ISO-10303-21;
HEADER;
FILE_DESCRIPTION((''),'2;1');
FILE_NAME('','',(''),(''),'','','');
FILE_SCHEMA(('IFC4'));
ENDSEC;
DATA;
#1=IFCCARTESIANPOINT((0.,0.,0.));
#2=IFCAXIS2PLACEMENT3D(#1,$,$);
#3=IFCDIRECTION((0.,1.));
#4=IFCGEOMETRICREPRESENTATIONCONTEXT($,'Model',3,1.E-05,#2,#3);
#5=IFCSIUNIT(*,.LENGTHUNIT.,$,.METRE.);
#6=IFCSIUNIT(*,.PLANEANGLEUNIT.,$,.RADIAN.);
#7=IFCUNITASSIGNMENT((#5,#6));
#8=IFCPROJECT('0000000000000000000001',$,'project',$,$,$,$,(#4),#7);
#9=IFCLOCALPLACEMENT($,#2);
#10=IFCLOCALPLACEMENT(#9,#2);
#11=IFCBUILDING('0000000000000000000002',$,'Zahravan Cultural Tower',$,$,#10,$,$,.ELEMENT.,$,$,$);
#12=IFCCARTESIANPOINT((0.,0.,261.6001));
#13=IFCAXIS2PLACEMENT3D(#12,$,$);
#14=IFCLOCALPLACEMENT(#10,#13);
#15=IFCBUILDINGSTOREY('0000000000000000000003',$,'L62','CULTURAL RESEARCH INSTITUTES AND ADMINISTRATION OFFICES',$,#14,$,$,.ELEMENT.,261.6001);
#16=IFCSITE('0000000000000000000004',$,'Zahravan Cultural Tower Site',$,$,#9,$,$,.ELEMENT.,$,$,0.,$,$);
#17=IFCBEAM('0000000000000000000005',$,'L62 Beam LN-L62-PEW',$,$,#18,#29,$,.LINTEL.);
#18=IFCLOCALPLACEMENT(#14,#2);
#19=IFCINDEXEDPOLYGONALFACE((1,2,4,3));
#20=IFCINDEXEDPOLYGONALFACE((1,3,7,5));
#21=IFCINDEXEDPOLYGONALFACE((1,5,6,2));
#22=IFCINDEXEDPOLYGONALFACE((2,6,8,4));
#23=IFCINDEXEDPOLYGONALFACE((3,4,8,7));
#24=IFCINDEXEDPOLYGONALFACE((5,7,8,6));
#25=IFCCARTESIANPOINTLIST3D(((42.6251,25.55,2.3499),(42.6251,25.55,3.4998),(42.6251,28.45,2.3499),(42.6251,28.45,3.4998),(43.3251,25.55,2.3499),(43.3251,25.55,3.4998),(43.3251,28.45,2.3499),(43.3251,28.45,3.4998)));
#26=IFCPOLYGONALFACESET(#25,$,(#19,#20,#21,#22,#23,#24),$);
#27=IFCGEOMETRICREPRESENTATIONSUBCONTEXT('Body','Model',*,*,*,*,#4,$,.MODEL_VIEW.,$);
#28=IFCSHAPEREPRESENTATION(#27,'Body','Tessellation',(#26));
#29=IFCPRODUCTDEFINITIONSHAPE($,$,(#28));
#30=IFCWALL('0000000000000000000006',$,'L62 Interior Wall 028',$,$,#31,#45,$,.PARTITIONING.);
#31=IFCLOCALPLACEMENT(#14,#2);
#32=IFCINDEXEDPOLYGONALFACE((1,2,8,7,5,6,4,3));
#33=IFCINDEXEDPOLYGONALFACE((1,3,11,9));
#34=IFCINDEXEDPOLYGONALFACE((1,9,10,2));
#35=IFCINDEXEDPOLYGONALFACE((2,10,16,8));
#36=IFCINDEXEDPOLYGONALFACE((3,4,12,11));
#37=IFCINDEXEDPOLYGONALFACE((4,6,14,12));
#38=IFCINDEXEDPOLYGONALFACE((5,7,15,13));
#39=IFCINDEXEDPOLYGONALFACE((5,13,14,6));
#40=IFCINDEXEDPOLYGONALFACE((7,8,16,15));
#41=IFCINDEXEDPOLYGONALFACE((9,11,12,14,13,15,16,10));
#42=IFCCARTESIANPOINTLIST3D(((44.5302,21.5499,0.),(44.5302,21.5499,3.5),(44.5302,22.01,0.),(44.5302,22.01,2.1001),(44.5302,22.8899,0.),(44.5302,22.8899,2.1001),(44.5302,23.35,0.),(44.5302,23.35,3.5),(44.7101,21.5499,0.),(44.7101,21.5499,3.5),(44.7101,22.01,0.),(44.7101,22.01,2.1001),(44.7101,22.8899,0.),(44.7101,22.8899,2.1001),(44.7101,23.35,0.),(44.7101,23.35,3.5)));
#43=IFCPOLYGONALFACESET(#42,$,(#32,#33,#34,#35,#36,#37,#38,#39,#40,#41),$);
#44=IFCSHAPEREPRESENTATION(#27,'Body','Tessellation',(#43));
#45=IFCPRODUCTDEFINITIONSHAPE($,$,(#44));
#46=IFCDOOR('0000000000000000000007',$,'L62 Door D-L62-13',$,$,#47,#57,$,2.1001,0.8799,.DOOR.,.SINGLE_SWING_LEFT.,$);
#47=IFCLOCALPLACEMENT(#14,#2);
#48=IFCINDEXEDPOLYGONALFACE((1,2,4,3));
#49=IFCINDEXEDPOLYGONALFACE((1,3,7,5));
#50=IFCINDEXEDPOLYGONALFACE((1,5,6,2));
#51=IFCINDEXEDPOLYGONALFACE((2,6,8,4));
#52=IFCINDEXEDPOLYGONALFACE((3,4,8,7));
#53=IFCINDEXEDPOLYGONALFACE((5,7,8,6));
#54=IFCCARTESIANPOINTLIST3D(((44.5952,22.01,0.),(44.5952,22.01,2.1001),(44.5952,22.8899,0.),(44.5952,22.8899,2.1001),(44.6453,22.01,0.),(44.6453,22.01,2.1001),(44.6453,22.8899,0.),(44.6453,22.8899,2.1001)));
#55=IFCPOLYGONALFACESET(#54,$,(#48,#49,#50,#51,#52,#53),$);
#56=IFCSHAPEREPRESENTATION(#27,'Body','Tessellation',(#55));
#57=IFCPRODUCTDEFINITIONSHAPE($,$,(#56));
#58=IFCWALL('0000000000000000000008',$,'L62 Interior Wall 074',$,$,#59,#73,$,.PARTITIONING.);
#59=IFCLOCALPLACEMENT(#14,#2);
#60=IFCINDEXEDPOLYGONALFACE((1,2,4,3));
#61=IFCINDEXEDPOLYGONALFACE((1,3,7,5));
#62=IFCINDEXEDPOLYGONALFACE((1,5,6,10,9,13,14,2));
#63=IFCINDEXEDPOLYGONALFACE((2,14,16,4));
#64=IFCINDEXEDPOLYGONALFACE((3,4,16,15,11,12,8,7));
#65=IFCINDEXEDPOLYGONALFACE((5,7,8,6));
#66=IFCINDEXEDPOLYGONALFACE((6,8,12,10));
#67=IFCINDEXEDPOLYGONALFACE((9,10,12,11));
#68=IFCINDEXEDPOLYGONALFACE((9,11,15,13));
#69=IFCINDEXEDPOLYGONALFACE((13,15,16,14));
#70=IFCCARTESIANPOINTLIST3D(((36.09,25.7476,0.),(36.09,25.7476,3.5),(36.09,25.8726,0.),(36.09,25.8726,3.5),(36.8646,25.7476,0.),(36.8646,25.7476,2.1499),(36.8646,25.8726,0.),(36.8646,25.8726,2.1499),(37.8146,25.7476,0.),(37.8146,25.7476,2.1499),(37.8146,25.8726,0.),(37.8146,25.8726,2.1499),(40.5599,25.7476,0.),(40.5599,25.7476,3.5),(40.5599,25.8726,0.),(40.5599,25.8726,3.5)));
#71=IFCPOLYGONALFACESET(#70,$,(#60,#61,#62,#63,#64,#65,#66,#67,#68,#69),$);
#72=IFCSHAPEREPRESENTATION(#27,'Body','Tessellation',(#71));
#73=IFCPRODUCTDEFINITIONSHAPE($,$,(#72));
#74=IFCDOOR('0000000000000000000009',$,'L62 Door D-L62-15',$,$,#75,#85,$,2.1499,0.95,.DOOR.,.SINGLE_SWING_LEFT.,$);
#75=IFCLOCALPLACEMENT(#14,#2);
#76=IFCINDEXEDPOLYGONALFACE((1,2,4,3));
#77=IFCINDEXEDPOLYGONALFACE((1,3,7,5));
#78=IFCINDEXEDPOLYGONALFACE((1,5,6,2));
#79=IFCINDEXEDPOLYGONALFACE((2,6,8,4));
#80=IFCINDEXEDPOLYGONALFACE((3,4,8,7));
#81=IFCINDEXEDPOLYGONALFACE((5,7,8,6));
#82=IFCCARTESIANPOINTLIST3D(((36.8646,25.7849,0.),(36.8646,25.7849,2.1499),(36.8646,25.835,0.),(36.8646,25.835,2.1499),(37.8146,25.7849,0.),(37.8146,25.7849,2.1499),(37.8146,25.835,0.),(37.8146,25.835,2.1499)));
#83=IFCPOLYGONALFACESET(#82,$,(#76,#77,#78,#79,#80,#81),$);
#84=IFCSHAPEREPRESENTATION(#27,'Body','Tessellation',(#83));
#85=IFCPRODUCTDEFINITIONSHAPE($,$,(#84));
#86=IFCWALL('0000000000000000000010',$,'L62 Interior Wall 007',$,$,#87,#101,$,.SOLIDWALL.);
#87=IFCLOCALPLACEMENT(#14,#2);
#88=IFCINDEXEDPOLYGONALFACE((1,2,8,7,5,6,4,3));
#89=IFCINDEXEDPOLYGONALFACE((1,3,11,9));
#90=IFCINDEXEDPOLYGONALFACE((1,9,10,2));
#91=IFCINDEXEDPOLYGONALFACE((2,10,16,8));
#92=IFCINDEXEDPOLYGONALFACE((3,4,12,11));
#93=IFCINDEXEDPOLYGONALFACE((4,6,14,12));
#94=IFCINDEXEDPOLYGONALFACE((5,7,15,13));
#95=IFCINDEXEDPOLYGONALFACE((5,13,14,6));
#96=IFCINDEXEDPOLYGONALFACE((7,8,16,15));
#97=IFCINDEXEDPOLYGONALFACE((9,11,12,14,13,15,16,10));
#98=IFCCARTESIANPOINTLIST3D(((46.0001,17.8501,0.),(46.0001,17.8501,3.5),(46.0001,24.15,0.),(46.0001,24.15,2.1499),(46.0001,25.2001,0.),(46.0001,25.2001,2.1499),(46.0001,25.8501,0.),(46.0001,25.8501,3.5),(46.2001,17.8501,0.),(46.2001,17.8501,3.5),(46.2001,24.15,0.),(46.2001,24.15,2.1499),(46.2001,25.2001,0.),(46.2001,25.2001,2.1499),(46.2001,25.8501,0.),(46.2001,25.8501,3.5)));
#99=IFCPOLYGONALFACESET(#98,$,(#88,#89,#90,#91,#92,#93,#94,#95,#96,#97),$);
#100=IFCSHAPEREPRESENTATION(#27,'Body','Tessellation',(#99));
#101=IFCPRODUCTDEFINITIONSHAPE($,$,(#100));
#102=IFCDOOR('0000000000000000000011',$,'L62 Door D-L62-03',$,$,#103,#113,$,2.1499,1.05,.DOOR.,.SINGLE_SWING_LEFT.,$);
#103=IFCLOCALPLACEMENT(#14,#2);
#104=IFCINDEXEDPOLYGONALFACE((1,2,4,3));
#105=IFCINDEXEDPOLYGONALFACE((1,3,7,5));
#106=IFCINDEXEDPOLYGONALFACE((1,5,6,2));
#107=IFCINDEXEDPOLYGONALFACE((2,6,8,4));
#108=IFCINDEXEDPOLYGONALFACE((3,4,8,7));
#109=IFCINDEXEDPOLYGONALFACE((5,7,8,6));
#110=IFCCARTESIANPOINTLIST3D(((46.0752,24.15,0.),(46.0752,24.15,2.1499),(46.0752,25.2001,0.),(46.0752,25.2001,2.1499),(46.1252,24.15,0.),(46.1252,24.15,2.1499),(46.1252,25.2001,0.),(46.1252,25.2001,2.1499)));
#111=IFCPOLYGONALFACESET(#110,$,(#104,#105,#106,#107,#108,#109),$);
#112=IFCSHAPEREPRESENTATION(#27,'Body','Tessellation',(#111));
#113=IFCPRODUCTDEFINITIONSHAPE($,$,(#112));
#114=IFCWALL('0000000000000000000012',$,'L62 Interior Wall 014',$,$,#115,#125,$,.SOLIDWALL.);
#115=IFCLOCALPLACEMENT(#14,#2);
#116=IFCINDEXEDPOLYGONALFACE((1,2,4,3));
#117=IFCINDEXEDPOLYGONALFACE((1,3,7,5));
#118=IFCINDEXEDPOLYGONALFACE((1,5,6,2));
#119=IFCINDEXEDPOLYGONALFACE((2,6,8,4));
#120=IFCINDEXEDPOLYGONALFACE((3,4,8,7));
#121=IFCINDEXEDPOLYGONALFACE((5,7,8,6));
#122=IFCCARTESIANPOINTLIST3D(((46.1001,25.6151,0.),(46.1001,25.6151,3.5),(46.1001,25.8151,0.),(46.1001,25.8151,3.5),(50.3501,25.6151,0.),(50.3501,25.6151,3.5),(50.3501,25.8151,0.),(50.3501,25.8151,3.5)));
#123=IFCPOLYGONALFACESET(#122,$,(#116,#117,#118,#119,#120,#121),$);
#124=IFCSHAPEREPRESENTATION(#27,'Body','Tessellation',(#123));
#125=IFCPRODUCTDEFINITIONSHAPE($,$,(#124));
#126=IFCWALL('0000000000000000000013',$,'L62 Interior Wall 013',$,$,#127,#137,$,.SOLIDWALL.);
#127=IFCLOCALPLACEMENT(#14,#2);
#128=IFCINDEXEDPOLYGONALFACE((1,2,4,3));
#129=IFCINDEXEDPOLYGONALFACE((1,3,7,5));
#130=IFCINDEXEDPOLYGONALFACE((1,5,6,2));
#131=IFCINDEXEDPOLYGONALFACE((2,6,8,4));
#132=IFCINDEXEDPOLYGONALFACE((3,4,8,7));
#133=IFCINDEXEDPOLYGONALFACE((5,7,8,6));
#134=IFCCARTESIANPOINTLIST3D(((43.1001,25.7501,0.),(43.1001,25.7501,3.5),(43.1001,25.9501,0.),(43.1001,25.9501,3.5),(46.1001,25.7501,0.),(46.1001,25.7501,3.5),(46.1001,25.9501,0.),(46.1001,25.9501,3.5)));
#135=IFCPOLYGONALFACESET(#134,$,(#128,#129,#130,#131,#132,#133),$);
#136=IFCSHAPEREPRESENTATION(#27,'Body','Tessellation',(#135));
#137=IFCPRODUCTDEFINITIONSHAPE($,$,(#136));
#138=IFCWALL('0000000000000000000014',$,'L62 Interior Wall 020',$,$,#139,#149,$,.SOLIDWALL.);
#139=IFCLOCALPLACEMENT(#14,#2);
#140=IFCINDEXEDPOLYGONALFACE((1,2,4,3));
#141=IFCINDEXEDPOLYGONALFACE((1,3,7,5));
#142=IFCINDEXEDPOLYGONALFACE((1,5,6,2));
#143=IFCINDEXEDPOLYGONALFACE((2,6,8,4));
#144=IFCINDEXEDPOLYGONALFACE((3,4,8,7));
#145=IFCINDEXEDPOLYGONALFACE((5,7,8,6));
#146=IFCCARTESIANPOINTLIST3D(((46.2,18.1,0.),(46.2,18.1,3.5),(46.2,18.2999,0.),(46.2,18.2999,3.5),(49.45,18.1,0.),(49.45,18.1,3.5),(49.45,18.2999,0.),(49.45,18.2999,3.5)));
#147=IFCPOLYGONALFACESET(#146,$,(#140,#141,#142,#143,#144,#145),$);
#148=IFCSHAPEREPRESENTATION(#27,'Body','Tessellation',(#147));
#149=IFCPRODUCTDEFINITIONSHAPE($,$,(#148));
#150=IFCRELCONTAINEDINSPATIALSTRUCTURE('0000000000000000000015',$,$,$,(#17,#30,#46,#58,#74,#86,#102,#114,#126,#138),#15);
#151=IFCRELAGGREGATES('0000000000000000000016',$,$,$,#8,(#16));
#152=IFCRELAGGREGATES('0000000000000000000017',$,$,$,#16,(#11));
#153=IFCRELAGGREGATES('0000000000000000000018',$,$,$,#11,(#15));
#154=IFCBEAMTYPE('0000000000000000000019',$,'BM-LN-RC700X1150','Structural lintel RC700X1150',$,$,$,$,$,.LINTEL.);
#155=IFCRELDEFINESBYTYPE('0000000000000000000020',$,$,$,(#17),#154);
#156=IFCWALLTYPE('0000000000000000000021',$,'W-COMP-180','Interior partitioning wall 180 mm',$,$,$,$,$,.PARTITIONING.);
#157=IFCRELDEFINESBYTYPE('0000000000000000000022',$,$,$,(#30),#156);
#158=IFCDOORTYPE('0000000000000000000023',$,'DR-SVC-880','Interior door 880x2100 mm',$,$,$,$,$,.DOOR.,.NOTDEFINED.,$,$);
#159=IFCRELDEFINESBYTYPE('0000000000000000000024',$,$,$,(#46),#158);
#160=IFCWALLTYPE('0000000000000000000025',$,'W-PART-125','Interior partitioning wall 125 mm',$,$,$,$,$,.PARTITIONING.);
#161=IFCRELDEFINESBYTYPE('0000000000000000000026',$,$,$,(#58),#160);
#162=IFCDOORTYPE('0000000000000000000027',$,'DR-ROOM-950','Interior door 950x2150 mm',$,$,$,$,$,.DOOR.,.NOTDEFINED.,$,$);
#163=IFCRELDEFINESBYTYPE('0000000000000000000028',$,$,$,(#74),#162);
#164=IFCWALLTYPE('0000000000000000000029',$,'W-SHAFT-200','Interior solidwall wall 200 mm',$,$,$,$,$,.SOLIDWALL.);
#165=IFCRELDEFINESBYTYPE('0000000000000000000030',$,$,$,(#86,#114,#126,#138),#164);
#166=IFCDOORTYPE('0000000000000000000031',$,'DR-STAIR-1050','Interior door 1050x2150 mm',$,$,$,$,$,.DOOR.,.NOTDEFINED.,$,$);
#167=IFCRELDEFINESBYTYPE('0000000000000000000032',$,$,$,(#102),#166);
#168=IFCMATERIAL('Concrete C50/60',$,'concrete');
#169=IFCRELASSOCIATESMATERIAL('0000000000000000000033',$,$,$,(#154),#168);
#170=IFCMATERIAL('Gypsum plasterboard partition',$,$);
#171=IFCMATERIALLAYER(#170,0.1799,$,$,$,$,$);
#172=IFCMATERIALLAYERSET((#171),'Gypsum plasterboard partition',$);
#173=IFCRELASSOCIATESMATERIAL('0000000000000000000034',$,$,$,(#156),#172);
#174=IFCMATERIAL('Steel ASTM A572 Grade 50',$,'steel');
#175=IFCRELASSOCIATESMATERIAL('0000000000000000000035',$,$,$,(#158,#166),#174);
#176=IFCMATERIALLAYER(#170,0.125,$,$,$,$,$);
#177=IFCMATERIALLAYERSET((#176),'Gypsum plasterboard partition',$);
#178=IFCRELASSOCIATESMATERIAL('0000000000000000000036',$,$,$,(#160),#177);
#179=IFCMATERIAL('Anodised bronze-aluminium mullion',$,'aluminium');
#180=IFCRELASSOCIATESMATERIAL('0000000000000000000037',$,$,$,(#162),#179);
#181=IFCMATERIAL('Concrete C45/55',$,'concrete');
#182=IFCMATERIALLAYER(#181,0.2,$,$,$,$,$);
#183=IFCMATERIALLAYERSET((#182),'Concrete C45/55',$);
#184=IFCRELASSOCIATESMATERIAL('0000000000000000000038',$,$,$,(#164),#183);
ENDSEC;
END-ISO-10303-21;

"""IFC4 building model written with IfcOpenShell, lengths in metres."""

from ifc_helpers import new_model, si_unit, direction, frame, frame_2d, origin, origin_2d, place, context, subcontext, project, spatial, rectangle, extrude, source, transform, mapped, material, layer, layer_set, material_profile, profile_set, type_object, element, fill, save


model = new_model("IFC4")

# Units and contexts
model_context = context("Model", 3, precision=1e-05, world=origin(), true_north=direction((0.0, 1.0)))
body_context = subcontext(model_context, "Body", "Model", "MODEL_VIEW")
ifc_project = project(units=[si_unit("LENGTHUNIT", "METRE"), si_unit("PLANEANGLEUNIT", "RADIAN")], contexts=[model_context])

# Site, building, storey
site_placement = place(None, origin())
site = spatial("IfcSite", under=ifc_project, at=site_placement, Name="Zahravan Cultural Tower Site", CompositionType="ELEMENT", RefElevation=0.0)
building_placement = place(site_placement, origin())
building = spatial("IfcBuilding", under=site, at=building_placement, Name="Zahravan Cultural Tower", CompositionType="ELEMENT")
storey_placement = place(building_placement, frame((0.0, 0.0, 261.6001)))
storey = spatial("IfcBuildingStorey", under=building, at=storey_placement, Name="L62", Description="CULTURAL RESEARCH INSTITUTES AND ADMINISTRATION OFFICES", CompositionType="ELEMENT", Elevation=261.6001)

# Beam
ifc_material_1 = material(Name="Concrete C50/60", Category="concrete")
ifc_material_profile = material_profile(ifc_material_1, rectangle(XDim=0.7, YDim=1.1499, at=origin_2d()), Name="RC700X1150")
ifc_profile_set = profile_set([ifc_material_profile], Name="Concrete C50/60")
beam_type = type_object("IfcBeamType", Name="BM-LN-RC700X1150", Description="Structural lintel RC700X1150", PredefinedType="LINTEL", material=ifc_profile_set)
shared_shape_1 = source(origin(), body_context, "Body", "SweptSolid", [
    extrude(rectangle(XDim=0.7, YDim=1.1499, at=origin_2d()), origin(), (0.0, 0.0, 1.0), 2.8999),
])
beam_placement = place(storey_placement, frame((42.9751, 25.55, 2.9248), z_axis=(0.0, 1.0, 0.0), x_axis=(-1.0, 0.0, 0.0)))
element("IfcBeam", 1, at=beam_placement, inside=storey, type_object=beam_type, Name="L62 Beam LN-L62-PEW", PredefinedType="LINTEL", context=body_context, shape_type="MappedRepresentation", body=[
    mapped(shared_shape_1, transform((0.0, 0.0, 0.0), x_axis=(1.0, 0.0, 0.0), y_axis=(0.0, 1.0, 0.0), z_axis=(0.0, 0.0, 1.0), scale=1.0)),
])

# Walls, openings, doors
ifc_material_2 = material(Name="Gypsum plasterboard partition")
ifc_layer_1 = layer(ifc_material_2, 0.1799)
ifc_layer_set_1 = layer_set([ifc_layer_1], Name="Gypsum plasterboard partition")
wall_type_1 = type_object("IfcWallType", Name="W-COMP-180", Description="Interior partitioning wall 180 mm", PredefinedType="PARTITIONING", material=ifc_layer_set_1)
wall_1_placement = place(storey_placement, frame((44.6201, 21.55, 0.0), z_axis=(0.0, 0.0, 1.0), x_axis=(0.0, 1.0, 0.0)))
wall_1 = element("IfcWall", 2, at=wall_1_placement, inside=storey, type_object=wall_type_1, Name="L62 Interior Wall 028", PredefinedType="PARTITIONING", context=body_context, shape_type="SweptSolid", body=[
    extrude(rectangle(XDim=1.8, YDim=0.1799, at=frame_2d((0.8999, 0.0))), origin(), (0.0, 0.0, 1.0), 3.5),
])
opening_1_placement = place(wall_1_placement, frame((0.46, 0.0, 0.0)))
opening_1 = element("IfcOpeningElement", 3, at=opening_1_placement, cuts=wall_1, PredefinedType="OPENING", context=body_context, shape_type="SweptSolid", body=[
    extrude(rectangle(XDim=0.8799, YDim=2.1001, at=frame_2d((0.4399, 1.05))), frame((0.0, 0.0999, 0.0), z_axis=(0.0, -1.0, 0.0), x_axis=(1.0, 0.0, 0.0)), (0.0, 0.0, 1.0), 0.2),
])
ifc_material_3 = material(Name="Steel ASTM A572 Grade 50", Category="steel")
door_type_1 = type_object("IfcDoorType", Name="DR-SVC-880", Description="Interior door 880x2100 mm", OperationType="NOTDEFINED", PredefinedType="DOOR", material=ifc_material_3)
shared_shape_2 = source(origin(), body_context, "Body", "SweptSolid", [
    extrude(rectangle(XDim=0.8799, YDim=2.1001, at=frame_2d((0.4399, 1.05))), frame((0.0, 0.0249, 0.0), z_axis=(0.0, -1.0, 0.0), x_axis=(1.0, 0.0, 0.0)), (0.0, 0.0, 1.0), 0.05),
])
door_1_placement = place(opening_1_placement, origin())
door_1 = element("IfcDoor", 4, at=door_1_placement, inside=storey, type_object=door_type_1, Name="L62 Door D-L62-13", OperationType="SINGLE_SWING_LEFT", OverallHeight=2.1001, OverallWidth=0.8799, PredefinedType="DOOR", context=body_context, shape_type="MappedRepresentation", body=[
    mapped(shared_shape_2, transform((0.0, 0.0, 0.0), x_axis=(1.0, 0.0, 0.0), y_axis=(0.0, 1.0, 0.0), z_axis=(0.0, 0.0, 1.0), scale=1.0)),
])
fill(opening_1, door_1)
ifc_layer_2 = layer(ifc_material_2, 0.125)
ifc_layer_set_2 = layer_set([ifc_layer_2], Name="Gypsum plasterboard partition")
wall_type_2 = type_object("IfcWallType", Name="W-PART-125", Description="Interior partitioning wall 125 mm", PredefinedType="PARTITIONING", material=ifc_layer_set_2)
wall_2_placement = place(storey_placement, frame((36.0901, 25.8101, 0.0), z_axis=(0.0, 0.0, 1.0), x_axis=(1.0, 0.0, 0.0)))
wall_2 = element("IfcWall", 5, at=wall_2_placement, inside=storey, type_object=wall_type_2, Name="L62 Interior Wall 074", PredefinedType="PARTITIONING", context=body_context, shape_type="SweptSolid", body=[
    extrude(rectangle(XDim=4.47, YDim=0.125, at=frame_2d((2.2349, 0.0))), origin(), (0.0, 0.0, 1.0), 3.5),
])
opening_2_placement = place(wall_2_placement, frame((0.7744, 0.0, 0.0)))
opening_2 = element("IfcOpeningElement", 6, at=opening_2_placement, cuts=wall_2, PredefinedType="OPENING", context=body_context, shape_type="SweptSolid", body=[
    extrude(rectangle(XDim=0.95, YDim=2.1499, at=frame_2d((0.4751, 1.075))), frame((0.0, 0.0725, 0.0), z_axis=(0.0, -1.0, 0.0), x_axis=(1.0, 0.0, 0.0)), (0.0, 0.0, 1.0), 0.145),
])
ifc_material_4 = material(Name="Anodised bronze-aluminium mullion", Category="aluminium")
door_type_2 = type_object("IfcDoorType", Name="DR-ROOM-950", Description="Interior door 950x2150 mm", OperationType="NOTDEFINED", PredefinedType="DOOR", material=ifc_material_4)
shared_shape_3 = source(origin(), body_context, "Body", "SweptSolid", [
    extrude(rectangle(XDim=0.95, YDim=2.1499, at=frame_2d((0.4751, 1.075))), frame((0.0, 0.0249, 0.0), z_axis=(0.0, -1.0, 0.0), x_axis=(1.0, 0.0, 0.0)), (0.0, 0.0, 1.0), 0.05),
])
door_2_placement = place(opening_2_placement, origin())
door_2 = element("IfcDoor", 7, at=door_2_placement, inside=storey, type_object=door_type_2, Name="L62 Door D-L62-15", OperationType="SINGLE_SWING_LEFT", OverallHeight=2.1499, OverallWidth=0.95, PredefinedType="DOOR", context=body_context, shape_type="MappedRepresentation", body=[
    mapped(shared_shape_3, transform((0.0, 0.0, 0.0), x_axis=(1.0, 0.0, 0.0), y_axis=(0.0, 1.0, 0.0), z_axis=(0.0, 0.0, 1.0), scale=1.0)),
])
fill(opening_2, door_2)
ifc_material_5 = material(Name="Concrete C45/55", Category="concrete")
ifc_layer_3 = layer(ifc_material_5, 0.2)
ifc_layer_set_3 = layer_set([ifc_layer_3], Name="Concrete C45/55")
wall_type_3 = type_object("IfcWallType", Name="W-SHAFT-200", Description="Interior solidwall wall 200 mm", PredefinedType="SOLIDWALL", material=ifc_layer_set_3)
wall_3_placement = place(storey_placement, frame((46.1001, 17.8501, 0.0), z_axis=(0.0, 0.0, 1.0), x_axis=(0.0, 1.0, 0.0)))
wall_3 = element("IfcWall", 8, at=wall_3_placement, inside=storey, type_object=wall_type_3, Name="L62 Interior Wall 007", PredefinedType="SOLIDWALL", context=body_context, shape_type="SweptSolid", body=[
    extrude(rectangle(XDim=8.0, YDim=0.2, at=frame_2d((4.0, 0.0))), origin(), (0.0, 0.0, 1.0), 3.5),
])
opening_3_placement = place(wall_3_placement, frame((6.3, 0.0, 0.0)))
opening_3 = element("IfcOpeningElement", 9, at=opening_3_placement, cuts=wall_3, PredefinedType="OPENING", context=body_context, shape_type="SweptSolid", body=[
    extrude(rectangle(XDim=1.05, YDim=2.1499, at=frame_2d((0.5249, 1.075))), frame((0.0, 0.1099, 0.0), z_axis=(0.0, -1.0, 0.0), x_axis=(1.0, 0.0, 0.0)), (0.0, 0.0, 1.0), 0.22),
])
door_type_3 = type_object("IfcDoorType", Name="DR-STAIR-1050", Description="Interior door 1050x2150 mm", OperationType="NOTDEFINED", PredefinedType="DOOR", material=ifc_material_3)
shared_shape_4 = source(origin(), body_context, "Body", "SweptSolid", [
    extrude(rectangle(XDim=1.05, YDim=2.1499, at=frame_2d((0.5249, 1.075))), frame((0.0, 0.0249, 0.0), z_axis=(0.0, -1.0, 0.0), x_axis=(1.0, 0.0, 0.0)), (0.0, 0.0, 1.0), 0.05),
])
door_3_placement = place(opening_3_placement, origin())
door_3 = element("IfcDoor", 10, at=door_3_placement, inside=storey, type_object=door_type_3, Name="L62 Door D-L62-03", OperationType="SINGLE_SWING_LEFT", OverallHeight=2.1499, OverallWidth=1.05, PredefinedType="DOOR", context=body_context, shape_type="MappedRepresentation", body=[
    mapped(shared_shape_4, transform((0.0, 0.0, 0.0), x_axis=(1.0, 0.0, 0.0), y_axis=(0.0, 1.0, 0.0), z_axis=(0.0, 0.0, 1.0), scale=1.0)),
])
fill(opening_3, door_3)

# Walls
shared_shape_5 = source(origin(), body_context, "Body", "SweptSolid", [
    extrude(rectangle(XDim=4.25, YDim=0.2, at=frame_2d((2.125, 0.0))), origin(), (0.0, 0.0, 1.0), 3.5),
])
wall_4_placement = place(storey_placement, frame((46.1001, 25.7151, 0.0), z_axis=(0.0, 0.0, 1.0), x_axis=(1.0, 0.0, 0.0)))
element("IfcWall", 11, at=wall_4_placement, inside=storey, type_object=wall_type_3, Name="L62 Interior Wall 014", PredefinedType="SOLIDWALL", context=body_context, shape_type="MappedRepresentation", body=[
    mapped(shared_shape_5, transform((0.0, 0.0, 0.0), x_axis=(1.0, 0.0, 0.0), y_axis=(0.0, 1.0, 0.0), z_axis=(0.0, 0.0, 1.0), scale=1.0)),
])
shared_shape_6 = source(origin(), body_context, "Body", "SweptSolid", [
    extrude(rectangle(XDim=3.0, YDim=0.2, at=frame_2d((1.5, 0.0))), origin(), (0.0, 0.0, 1.0), 3.5),
])
wall_5_placement = place(storey_placement, frame((43.1001, 25.8501, 0.0), z_axis=(0.0, 0.0, 1.0), x_axis=(1.0, 0.0, 0.0)))
element("IfcWall", 12, at=wall_5_placement, inside=storey, type_object=wall_type_3, Name="L62 Interior Wall 013", PredefinedType="SOLIDWALL", context=body_context, shape_type="MappedRepresentation", body=[
    mapped(shared_shape_6, transform((0.0, 0.0, 0.0), x_axis=(1.0, 0.0, 0.0), y_axis=(0.0, 1.0, 0.0), z_axis=(0.0, 0.0, 1.0), scale=1.0)),
])
shared_shape_7 = source(origin(), body_context, "Body", "SweptSolid", [
    extrude(rectangle(XDim=3.25, YDim=0.2, at=frame_2d((1.625, 0.0))), origin(), (0.0, 0.0, 1.0), 3.5),
])
wall_6_placement = place(storey_placement, frame((46.2, 18.2, 0.0), z_axis=(0.0, 0.0, 1.0), x_axis=(1.0, 0.0, 0.0)))
element("IfcWall", 13, at=wall_6_placement, inside=storey, type_object=wall_type_3, Name="L62 Interior Wall 020", PredefinedType="SOLIDWALL", context=body_context, shape_type="MappedRepresentation", body=[
    mapped(shared_shape_7, transform((0.0, 0.0, 0.0), x_axis=(1.0, 0.0, 0.0), y_axis=(0.0, 1.0, 0.0), z_axis=(0.0, 0.0, 1.0), scale=1.0)),
])

save(model, "model.ifc")
